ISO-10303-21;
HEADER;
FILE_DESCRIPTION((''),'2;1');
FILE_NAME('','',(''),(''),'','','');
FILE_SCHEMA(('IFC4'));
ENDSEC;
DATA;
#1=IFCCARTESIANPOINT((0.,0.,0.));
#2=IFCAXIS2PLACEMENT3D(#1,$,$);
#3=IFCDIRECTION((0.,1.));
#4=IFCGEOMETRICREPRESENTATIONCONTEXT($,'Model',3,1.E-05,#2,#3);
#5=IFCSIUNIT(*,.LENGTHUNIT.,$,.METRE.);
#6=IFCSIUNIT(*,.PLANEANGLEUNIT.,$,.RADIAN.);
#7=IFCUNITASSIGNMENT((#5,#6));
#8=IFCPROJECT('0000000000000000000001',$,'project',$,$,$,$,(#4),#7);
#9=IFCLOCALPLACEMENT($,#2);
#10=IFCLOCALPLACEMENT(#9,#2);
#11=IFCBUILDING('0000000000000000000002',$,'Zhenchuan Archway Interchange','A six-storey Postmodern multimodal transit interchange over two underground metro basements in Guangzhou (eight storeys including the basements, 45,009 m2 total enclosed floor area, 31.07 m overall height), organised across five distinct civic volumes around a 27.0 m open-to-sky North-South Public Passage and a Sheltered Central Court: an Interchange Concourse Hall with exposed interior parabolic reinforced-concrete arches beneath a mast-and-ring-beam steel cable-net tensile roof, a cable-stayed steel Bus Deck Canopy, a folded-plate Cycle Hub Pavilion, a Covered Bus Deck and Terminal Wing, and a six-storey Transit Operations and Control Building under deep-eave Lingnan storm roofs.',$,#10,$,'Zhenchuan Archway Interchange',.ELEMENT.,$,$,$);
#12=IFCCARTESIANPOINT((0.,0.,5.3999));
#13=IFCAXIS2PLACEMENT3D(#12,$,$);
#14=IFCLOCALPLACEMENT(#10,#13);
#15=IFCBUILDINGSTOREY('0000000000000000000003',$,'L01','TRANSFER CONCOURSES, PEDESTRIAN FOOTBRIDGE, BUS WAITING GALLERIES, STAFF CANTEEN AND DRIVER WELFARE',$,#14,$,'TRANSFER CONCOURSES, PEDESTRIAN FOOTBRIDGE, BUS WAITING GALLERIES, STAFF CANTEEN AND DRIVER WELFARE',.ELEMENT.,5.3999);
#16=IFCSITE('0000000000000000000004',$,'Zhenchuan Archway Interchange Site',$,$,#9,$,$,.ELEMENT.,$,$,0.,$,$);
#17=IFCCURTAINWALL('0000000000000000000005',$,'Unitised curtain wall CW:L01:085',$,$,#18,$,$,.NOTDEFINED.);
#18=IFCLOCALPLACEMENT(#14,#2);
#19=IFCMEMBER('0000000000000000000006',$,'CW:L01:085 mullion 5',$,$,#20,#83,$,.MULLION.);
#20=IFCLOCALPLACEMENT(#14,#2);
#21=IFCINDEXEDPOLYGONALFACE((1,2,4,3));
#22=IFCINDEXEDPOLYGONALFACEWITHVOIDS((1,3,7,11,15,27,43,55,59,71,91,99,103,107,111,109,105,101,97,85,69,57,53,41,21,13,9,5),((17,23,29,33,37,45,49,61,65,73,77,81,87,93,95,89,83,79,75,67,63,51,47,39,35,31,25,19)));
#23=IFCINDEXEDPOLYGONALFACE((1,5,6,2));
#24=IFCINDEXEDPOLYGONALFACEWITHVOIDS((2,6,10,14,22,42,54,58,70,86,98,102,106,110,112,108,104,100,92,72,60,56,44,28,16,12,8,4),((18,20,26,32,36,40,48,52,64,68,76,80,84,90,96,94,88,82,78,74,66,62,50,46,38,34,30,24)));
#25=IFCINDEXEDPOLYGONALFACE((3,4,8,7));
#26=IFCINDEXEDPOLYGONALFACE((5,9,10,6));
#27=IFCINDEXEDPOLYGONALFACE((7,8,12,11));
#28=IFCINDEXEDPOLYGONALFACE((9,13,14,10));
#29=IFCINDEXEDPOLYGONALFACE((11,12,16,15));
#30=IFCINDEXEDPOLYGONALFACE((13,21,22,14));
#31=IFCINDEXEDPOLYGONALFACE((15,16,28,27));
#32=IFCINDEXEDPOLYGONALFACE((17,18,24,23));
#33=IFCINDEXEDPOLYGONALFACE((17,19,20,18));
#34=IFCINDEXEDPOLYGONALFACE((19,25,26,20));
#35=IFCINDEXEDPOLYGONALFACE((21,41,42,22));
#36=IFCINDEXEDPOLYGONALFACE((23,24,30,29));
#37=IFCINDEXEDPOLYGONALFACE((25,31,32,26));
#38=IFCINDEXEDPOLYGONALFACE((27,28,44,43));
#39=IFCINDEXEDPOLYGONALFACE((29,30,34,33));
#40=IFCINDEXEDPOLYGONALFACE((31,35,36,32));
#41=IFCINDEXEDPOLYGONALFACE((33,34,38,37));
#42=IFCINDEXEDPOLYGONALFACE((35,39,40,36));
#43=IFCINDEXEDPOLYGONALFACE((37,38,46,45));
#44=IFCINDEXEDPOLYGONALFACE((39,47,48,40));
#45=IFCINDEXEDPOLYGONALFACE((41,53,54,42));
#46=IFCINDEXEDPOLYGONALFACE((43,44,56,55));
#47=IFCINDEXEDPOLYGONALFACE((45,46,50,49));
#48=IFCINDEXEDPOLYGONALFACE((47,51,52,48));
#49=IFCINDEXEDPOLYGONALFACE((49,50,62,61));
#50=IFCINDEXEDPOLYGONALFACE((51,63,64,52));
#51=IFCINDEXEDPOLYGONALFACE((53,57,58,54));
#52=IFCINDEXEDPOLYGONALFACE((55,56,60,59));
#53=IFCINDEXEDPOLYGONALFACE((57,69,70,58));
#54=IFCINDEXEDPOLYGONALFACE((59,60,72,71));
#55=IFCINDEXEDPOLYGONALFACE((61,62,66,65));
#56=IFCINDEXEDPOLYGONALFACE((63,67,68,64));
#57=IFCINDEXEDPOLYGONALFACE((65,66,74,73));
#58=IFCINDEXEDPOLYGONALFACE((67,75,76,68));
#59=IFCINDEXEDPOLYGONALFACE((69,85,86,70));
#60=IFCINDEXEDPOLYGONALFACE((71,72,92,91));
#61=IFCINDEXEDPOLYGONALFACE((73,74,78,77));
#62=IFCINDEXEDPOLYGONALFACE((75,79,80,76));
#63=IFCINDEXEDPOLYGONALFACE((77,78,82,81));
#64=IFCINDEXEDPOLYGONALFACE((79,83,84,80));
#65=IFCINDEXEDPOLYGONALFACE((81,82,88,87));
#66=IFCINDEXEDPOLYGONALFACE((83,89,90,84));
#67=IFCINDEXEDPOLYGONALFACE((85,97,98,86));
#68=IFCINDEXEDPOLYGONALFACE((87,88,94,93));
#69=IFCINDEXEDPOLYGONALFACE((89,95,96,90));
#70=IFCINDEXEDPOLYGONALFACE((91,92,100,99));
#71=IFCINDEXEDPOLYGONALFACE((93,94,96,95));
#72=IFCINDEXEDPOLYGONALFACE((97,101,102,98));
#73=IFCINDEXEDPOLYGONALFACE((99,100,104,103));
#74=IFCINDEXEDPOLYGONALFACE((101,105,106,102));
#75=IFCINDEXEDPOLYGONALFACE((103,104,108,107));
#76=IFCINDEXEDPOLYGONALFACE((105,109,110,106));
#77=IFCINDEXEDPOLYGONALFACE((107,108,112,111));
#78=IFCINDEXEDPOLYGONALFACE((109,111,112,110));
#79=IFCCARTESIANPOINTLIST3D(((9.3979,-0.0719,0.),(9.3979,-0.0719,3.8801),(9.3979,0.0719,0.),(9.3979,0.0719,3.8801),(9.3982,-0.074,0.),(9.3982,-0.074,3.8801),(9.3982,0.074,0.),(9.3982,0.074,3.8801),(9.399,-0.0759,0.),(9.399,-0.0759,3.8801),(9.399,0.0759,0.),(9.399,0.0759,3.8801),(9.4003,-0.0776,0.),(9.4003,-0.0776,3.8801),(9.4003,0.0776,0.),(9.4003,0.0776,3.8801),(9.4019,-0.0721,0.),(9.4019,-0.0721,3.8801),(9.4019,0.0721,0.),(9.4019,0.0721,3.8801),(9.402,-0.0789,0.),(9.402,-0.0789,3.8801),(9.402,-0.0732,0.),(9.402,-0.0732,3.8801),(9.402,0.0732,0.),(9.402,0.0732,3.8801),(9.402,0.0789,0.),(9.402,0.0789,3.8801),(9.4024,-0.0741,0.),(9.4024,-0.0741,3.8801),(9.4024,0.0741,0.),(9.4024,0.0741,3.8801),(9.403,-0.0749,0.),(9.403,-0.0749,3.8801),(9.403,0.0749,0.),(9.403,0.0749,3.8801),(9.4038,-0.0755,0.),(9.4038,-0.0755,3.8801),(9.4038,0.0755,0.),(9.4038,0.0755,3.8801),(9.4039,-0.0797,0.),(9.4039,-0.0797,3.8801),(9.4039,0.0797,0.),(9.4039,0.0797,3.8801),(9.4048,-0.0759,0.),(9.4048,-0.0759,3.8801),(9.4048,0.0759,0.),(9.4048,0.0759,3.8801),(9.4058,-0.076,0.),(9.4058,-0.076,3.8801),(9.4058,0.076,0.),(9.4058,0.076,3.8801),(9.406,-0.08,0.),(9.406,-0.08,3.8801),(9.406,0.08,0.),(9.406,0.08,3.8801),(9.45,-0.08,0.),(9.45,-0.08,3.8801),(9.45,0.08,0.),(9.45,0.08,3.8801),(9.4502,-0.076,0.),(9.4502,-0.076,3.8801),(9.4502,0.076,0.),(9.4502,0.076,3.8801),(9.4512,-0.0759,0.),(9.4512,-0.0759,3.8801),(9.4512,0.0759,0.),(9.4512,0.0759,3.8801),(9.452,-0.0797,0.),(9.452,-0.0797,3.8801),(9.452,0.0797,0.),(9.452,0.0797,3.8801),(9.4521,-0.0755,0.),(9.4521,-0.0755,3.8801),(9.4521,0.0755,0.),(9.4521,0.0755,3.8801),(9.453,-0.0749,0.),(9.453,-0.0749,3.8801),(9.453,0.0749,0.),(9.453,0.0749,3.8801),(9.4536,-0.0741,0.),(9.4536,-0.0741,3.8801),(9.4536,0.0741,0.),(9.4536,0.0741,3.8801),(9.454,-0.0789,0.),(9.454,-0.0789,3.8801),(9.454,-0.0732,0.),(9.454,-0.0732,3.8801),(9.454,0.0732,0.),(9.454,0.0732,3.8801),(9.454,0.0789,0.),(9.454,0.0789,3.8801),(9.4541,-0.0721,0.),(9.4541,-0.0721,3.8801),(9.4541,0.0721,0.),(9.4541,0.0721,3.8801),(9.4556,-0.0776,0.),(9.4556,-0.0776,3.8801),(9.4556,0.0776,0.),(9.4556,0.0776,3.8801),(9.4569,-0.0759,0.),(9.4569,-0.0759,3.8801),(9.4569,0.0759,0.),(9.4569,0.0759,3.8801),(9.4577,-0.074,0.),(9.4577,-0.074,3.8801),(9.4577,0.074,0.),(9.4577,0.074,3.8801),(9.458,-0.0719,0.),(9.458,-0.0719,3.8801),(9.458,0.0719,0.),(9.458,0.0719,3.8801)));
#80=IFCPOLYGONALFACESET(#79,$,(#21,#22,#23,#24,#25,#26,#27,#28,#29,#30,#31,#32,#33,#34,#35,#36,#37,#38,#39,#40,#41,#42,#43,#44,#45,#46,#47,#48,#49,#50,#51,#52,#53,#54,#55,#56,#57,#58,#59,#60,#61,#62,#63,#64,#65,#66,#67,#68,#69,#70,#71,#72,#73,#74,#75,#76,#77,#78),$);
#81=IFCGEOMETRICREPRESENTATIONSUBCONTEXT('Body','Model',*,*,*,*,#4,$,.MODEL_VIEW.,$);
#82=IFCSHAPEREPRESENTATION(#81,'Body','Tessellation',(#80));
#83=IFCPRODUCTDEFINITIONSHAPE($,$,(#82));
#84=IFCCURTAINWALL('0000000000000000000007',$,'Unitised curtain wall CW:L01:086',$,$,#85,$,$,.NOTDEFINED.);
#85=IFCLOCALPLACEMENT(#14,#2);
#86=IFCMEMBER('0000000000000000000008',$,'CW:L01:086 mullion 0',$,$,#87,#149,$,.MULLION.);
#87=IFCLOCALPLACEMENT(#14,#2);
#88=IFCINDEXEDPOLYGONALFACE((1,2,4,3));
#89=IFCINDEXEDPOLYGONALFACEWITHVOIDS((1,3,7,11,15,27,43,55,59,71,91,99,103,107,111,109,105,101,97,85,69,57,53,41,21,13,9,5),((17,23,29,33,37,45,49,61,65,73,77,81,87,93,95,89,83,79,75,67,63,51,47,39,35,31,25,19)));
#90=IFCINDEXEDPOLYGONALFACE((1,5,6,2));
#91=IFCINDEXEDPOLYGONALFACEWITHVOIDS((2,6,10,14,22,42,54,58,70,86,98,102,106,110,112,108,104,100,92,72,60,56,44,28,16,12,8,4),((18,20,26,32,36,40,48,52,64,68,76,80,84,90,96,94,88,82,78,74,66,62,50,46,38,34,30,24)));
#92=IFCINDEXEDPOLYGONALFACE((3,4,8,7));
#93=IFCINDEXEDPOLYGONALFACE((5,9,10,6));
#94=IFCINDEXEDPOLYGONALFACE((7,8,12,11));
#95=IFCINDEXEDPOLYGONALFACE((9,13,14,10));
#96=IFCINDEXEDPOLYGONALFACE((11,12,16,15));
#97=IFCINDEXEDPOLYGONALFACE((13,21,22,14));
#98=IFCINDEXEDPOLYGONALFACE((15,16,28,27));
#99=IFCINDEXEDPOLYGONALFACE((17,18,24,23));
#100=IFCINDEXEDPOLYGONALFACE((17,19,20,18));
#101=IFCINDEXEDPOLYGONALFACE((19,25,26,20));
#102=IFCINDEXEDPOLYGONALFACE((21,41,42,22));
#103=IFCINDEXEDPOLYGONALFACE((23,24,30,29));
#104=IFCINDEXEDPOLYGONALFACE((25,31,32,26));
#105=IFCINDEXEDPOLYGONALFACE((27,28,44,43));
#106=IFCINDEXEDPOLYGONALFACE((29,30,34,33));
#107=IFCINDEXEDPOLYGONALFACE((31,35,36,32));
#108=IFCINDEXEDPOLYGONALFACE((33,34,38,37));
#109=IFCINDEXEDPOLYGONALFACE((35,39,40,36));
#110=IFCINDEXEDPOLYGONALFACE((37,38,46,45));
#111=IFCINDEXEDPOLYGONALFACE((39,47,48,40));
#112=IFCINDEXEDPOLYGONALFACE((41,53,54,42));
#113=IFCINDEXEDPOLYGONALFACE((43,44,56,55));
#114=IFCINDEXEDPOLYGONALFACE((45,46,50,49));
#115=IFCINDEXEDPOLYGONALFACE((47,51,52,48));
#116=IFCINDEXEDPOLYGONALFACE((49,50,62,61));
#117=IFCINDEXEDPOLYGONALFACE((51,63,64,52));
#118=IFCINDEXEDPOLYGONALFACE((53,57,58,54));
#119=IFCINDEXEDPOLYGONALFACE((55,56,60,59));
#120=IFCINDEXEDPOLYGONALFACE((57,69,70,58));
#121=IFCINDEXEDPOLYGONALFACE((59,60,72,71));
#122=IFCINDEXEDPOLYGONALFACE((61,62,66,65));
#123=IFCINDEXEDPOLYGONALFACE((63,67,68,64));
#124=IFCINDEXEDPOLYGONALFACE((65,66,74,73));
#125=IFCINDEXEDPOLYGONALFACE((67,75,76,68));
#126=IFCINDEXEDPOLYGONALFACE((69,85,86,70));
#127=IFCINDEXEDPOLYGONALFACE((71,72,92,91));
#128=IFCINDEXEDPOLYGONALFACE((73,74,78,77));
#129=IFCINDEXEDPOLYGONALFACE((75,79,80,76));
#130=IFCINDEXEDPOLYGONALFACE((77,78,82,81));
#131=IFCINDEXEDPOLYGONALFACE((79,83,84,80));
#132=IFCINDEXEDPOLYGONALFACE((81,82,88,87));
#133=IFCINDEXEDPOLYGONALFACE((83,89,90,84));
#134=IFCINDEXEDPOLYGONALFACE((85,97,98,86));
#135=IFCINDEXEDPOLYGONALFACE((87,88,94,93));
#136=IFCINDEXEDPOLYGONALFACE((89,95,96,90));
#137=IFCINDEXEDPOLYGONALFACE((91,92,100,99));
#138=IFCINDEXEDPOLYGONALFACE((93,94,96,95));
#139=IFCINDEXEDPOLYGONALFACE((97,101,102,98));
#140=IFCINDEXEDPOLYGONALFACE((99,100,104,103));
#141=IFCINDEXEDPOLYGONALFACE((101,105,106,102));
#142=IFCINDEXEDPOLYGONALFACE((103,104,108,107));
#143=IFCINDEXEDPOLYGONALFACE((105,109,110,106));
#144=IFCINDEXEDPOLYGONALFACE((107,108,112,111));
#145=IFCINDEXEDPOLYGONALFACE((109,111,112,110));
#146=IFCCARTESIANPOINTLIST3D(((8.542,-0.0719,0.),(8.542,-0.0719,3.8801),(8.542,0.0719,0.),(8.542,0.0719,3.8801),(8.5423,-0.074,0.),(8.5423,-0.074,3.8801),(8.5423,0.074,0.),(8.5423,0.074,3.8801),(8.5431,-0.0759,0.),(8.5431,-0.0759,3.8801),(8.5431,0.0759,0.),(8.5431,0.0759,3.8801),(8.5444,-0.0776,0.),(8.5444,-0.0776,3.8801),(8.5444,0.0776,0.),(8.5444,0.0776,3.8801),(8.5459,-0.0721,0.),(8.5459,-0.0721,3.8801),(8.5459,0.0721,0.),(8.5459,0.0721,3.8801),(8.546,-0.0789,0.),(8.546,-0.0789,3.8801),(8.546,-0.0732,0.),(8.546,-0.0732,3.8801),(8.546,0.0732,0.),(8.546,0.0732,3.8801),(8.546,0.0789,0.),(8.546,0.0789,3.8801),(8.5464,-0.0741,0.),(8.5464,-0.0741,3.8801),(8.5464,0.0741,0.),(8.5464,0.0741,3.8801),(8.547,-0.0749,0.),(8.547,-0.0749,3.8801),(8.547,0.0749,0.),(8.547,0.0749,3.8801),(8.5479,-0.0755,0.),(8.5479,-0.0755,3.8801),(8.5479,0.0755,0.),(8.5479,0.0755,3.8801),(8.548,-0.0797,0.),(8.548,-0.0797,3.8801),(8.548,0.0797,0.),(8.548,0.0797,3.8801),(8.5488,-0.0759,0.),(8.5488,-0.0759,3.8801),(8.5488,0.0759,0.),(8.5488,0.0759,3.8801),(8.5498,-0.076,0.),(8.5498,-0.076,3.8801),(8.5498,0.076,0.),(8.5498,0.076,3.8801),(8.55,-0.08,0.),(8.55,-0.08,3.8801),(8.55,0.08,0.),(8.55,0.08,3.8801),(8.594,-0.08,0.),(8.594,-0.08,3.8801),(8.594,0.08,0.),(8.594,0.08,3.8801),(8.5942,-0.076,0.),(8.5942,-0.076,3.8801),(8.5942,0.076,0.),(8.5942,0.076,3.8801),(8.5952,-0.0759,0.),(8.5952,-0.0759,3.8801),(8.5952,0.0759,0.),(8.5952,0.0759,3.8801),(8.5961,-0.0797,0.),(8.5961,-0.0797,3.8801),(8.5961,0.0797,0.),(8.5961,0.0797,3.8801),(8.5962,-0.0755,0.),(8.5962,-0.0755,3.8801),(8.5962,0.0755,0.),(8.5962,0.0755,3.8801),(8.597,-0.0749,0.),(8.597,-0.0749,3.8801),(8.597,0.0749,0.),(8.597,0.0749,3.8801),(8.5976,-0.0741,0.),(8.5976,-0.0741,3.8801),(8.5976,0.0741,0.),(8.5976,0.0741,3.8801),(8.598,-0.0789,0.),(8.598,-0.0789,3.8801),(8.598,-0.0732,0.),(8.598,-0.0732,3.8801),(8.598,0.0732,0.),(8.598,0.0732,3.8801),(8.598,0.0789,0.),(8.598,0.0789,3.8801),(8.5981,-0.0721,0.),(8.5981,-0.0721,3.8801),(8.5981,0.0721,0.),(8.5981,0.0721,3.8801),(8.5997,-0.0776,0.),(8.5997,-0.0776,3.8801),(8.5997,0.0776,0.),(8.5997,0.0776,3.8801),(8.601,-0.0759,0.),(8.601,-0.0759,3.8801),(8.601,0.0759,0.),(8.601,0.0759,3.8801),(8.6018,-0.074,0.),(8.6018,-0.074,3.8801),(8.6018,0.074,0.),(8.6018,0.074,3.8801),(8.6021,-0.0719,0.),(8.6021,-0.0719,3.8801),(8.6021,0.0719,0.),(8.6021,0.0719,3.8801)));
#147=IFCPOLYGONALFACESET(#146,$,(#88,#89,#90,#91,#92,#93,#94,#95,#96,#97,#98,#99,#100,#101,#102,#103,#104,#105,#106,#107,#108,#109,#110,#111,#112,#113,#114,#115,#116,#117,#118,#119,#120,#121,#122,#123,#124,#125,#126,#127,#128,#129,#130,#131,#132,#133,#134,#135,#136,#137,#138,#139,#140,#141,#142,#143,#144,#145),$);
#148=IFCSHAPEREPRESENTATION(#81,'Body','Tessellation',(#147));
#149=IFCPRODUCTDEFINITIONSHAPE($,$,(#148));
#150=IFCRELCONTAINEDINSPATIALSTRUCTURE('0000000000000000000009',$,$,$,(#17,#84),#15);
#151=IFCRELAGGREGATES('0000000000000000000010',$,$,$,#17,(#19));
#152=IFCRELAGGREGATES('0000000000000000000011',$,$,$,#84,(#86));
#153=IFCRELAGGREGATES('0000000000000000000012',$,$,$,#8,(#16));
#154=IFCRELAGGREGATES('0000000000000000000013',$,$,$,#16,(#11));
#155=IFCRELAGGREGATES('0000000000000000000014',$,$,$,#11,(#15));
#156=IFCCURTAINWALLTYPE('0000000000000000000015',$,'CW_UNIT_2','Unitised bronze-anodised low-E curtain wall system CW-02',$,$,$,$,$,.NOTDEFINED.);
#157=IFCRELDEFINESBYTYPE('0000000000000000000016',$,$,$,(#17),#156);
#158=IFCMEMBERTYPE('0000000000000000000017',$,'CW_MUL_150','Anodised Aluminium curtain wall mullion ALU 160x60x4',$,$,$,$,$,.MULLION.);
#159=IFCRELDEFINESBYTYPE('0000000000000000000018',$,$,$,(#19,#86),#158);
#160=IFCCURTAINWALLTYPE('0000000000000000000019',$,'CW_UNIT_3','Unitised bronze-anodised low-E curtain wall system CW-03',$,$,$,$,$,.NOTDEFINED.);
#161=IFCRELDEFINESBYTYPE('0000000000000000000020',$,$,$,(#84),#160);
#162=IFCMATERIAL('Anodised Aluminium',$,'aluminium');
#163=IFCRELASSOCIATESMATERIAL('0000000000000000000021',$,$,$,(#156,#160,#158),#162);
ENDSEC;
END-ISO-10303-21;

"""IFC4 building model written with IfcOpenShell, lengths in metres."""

from ifc_helpers import new_model, si_unit, direction, frame, origin, origin_2d, place, context, subcontext, project, spatial, hollow_rectangle, extrude, material, material_profile, profile_set, type_object, element, aggregate, save


model = new_model("IFC4")

# Units and contexts
model_context = context("Model", 3, precision=1e-05, world=origin(), true_north=direction((0.0, 1.0)))
body_context = subcontext(model_context, "Body", "Model", "MODEL_VIEW")
ifc_project = project(units=[si_unit("LENGTHUNIT", "METRE"), si_unit("PLANEANGLEUNIT", "RADIAN")], contexts=[model_context])

# Site, building, storey
site_placement = place(None, origin())
site = spatial("IfcSite", under=ifc_project, at=site_placement, Name="Zhenchuan Archway Interchange Site", CompositionType="ELEMENT", RefElevation=0.0)
building_placement = place(site_placement, origin())
building = spatial("IfcBuilding", under=site, at=building_placement, Name="Zhenchuan Archway Interchange", Description="A six-storey Postmodern multimodal transit interchange over two underground metro basements in Guangzhou (eight storeys including the basements, 45,009 m2 total enclosed floor area, 31.07 m overall height), organised across five distinct civic volumes around a 27.0 m open-to-sky North-South Public Passage and a Sheltered Central Court: an Interchange Concourse Hall with exposed interior parabolic reinforced-concrete arches beneath a mast-and-ring-beam steel cable-net tensile roof, a cable-stayed steel Bus Deck Canopy, a folded-plate Cycle Hub Pavilion, a Covered Bus Deck and Terminal Wing, and a six-storey Transit Operations and Control Building under deep-eave Lingnan storm roofs.", LongName="Zhenchuan Archway Interchange", CompositionType="ELEMENT")
storey_placement = place(building_placement, frame((0.0, 0.0, 5.3999)))
storey = spatial("IfcBuildingStorey", under=building, at=storey_placement, Name="L01", Description="TRANSFER CONCOURSES, PEDESTRIAN FOOTBRIDGE, BUS WAITING GALLERIES, STAFF CANTEEN AND DRIVER WELFARE", LongName="TRANSFER CONCOURSES, PEDESTRIAN FOOTBRIDGE, BUS WAITING GALLERIES, STAFF CANTEEN AND DRIVER WELFARE", CompositionType="ELEMENT", Elevation=5.3999)

# Curtain wall, member
ifc_material_1 = material(Name="Anodised Aluminium", Category="aluminium")
curtain_wall_type_1 = type_object("IfcCurtainWallType", Name="CW_UNIT_2", Description="Unitised bronze-anodised low-E curtain wall system CW-02", PredefinedType="NOTDEFINED", material=ifc_material_1)
curtain_wall_1_placement = place(storey_placement, origin())
curtain_wall_1 = element("IfcCurtainWall", 1, at=curtain_wall_1_placement, inside=storey, type_object=curtain_wall_type_1, Name="Unitised curtain wall CW:L01:085", PredefinedType="NOTDEFINED")
ifc_material_profile_1 = material_profile(ifc_material_1, hollow_rectangle(XDim=0.0601, YDim=0.1599, WallThickness=0.0039, InnerFilletRadius=0.0039, OuterFilletRadius=0.0081, at=origin_2d()), Name="ALU 160x60x4")
ifc_profile_set_1 = profile_set([ifc_material_profile_1], Name="Anodised Aluminium")
member_type_1 = type_object("IfcMemberType", Name="CW_MUL_150", Description="Anodised Aluminium curtain wall mullion ALU 160x60x4", PredefinedType="MULLION", material=ifc_profile_set_1)
member_1_placement = place(storey_placement, frame((9.428, 0.0, 0.0), z_axis=(0.0, 0.0, 1.0), x_axis=(1.0, 0.0, 0.0)))
member_1 = element("IfcMember", 2, at=member_1_placement, type_object=member_type_1, Name="CW:L01:085 mullion 5", PredefinedType="MULLION", context=body_context, shape_type="SweptSolid", body=[
    extrude(hollow_rectangle(XDim=0.0601, YDim=0.1599, WallThickness=0.0039, InnerFilletRadius=0.0039, OuterFilletRadius=0.0081, at=origin_2d()), origin(), (0.0, 0.0, 1.0), 3.8801),
])

# Curtain wall, member
curtain_wall_type_2 = type_object("IfcCurtainWallType", Name="CW_UNIT_3", Description="Unitised bronze-anodised low-E curtain wall system CW-03", PredefinedType="NOTDEFINED", material=ifc_material_1)
curtain_wall_2_placement = place(storey_placement, origin())
curtain_wall_2 = element("IfcCurtainWall", 3, at=curtain_wall_2_placement, inside=storey, type_object=curtain_wall_type_2, Name="Unitised curtain wall CW:L01:086", PredefinedType="NOTDEFINED")
member_2_placement = place(storey_placement, frame((8.572, 0.0, 0.0), z_axis=(0.0, 0.0, 1.0), x_axis=(1.0, 0.0, 0.0)))
member_2 = element("IfcMember", 4, at=member_2_placement, type_object=member_type_1, Name="CW:L01:086 mullion 0", PredefinedType="MULLION", context=body_context, shape_type="SweptSolid", body=[
    extrude(hollow_rectangle(XDim=0.0601, YDim=0.1599, WallThickness=0.0039, InnerFilletRadius=0.0039, OuterFilletRadius=0.0081, at=origin_2d()), origin(), (0.0, 0.0, 1.0), 3.8801),
])

aggregate(curtain_wall_1, [member_1])
aggregate(curtain_wall_2, [member_2])

save(model, "model.ifc")
